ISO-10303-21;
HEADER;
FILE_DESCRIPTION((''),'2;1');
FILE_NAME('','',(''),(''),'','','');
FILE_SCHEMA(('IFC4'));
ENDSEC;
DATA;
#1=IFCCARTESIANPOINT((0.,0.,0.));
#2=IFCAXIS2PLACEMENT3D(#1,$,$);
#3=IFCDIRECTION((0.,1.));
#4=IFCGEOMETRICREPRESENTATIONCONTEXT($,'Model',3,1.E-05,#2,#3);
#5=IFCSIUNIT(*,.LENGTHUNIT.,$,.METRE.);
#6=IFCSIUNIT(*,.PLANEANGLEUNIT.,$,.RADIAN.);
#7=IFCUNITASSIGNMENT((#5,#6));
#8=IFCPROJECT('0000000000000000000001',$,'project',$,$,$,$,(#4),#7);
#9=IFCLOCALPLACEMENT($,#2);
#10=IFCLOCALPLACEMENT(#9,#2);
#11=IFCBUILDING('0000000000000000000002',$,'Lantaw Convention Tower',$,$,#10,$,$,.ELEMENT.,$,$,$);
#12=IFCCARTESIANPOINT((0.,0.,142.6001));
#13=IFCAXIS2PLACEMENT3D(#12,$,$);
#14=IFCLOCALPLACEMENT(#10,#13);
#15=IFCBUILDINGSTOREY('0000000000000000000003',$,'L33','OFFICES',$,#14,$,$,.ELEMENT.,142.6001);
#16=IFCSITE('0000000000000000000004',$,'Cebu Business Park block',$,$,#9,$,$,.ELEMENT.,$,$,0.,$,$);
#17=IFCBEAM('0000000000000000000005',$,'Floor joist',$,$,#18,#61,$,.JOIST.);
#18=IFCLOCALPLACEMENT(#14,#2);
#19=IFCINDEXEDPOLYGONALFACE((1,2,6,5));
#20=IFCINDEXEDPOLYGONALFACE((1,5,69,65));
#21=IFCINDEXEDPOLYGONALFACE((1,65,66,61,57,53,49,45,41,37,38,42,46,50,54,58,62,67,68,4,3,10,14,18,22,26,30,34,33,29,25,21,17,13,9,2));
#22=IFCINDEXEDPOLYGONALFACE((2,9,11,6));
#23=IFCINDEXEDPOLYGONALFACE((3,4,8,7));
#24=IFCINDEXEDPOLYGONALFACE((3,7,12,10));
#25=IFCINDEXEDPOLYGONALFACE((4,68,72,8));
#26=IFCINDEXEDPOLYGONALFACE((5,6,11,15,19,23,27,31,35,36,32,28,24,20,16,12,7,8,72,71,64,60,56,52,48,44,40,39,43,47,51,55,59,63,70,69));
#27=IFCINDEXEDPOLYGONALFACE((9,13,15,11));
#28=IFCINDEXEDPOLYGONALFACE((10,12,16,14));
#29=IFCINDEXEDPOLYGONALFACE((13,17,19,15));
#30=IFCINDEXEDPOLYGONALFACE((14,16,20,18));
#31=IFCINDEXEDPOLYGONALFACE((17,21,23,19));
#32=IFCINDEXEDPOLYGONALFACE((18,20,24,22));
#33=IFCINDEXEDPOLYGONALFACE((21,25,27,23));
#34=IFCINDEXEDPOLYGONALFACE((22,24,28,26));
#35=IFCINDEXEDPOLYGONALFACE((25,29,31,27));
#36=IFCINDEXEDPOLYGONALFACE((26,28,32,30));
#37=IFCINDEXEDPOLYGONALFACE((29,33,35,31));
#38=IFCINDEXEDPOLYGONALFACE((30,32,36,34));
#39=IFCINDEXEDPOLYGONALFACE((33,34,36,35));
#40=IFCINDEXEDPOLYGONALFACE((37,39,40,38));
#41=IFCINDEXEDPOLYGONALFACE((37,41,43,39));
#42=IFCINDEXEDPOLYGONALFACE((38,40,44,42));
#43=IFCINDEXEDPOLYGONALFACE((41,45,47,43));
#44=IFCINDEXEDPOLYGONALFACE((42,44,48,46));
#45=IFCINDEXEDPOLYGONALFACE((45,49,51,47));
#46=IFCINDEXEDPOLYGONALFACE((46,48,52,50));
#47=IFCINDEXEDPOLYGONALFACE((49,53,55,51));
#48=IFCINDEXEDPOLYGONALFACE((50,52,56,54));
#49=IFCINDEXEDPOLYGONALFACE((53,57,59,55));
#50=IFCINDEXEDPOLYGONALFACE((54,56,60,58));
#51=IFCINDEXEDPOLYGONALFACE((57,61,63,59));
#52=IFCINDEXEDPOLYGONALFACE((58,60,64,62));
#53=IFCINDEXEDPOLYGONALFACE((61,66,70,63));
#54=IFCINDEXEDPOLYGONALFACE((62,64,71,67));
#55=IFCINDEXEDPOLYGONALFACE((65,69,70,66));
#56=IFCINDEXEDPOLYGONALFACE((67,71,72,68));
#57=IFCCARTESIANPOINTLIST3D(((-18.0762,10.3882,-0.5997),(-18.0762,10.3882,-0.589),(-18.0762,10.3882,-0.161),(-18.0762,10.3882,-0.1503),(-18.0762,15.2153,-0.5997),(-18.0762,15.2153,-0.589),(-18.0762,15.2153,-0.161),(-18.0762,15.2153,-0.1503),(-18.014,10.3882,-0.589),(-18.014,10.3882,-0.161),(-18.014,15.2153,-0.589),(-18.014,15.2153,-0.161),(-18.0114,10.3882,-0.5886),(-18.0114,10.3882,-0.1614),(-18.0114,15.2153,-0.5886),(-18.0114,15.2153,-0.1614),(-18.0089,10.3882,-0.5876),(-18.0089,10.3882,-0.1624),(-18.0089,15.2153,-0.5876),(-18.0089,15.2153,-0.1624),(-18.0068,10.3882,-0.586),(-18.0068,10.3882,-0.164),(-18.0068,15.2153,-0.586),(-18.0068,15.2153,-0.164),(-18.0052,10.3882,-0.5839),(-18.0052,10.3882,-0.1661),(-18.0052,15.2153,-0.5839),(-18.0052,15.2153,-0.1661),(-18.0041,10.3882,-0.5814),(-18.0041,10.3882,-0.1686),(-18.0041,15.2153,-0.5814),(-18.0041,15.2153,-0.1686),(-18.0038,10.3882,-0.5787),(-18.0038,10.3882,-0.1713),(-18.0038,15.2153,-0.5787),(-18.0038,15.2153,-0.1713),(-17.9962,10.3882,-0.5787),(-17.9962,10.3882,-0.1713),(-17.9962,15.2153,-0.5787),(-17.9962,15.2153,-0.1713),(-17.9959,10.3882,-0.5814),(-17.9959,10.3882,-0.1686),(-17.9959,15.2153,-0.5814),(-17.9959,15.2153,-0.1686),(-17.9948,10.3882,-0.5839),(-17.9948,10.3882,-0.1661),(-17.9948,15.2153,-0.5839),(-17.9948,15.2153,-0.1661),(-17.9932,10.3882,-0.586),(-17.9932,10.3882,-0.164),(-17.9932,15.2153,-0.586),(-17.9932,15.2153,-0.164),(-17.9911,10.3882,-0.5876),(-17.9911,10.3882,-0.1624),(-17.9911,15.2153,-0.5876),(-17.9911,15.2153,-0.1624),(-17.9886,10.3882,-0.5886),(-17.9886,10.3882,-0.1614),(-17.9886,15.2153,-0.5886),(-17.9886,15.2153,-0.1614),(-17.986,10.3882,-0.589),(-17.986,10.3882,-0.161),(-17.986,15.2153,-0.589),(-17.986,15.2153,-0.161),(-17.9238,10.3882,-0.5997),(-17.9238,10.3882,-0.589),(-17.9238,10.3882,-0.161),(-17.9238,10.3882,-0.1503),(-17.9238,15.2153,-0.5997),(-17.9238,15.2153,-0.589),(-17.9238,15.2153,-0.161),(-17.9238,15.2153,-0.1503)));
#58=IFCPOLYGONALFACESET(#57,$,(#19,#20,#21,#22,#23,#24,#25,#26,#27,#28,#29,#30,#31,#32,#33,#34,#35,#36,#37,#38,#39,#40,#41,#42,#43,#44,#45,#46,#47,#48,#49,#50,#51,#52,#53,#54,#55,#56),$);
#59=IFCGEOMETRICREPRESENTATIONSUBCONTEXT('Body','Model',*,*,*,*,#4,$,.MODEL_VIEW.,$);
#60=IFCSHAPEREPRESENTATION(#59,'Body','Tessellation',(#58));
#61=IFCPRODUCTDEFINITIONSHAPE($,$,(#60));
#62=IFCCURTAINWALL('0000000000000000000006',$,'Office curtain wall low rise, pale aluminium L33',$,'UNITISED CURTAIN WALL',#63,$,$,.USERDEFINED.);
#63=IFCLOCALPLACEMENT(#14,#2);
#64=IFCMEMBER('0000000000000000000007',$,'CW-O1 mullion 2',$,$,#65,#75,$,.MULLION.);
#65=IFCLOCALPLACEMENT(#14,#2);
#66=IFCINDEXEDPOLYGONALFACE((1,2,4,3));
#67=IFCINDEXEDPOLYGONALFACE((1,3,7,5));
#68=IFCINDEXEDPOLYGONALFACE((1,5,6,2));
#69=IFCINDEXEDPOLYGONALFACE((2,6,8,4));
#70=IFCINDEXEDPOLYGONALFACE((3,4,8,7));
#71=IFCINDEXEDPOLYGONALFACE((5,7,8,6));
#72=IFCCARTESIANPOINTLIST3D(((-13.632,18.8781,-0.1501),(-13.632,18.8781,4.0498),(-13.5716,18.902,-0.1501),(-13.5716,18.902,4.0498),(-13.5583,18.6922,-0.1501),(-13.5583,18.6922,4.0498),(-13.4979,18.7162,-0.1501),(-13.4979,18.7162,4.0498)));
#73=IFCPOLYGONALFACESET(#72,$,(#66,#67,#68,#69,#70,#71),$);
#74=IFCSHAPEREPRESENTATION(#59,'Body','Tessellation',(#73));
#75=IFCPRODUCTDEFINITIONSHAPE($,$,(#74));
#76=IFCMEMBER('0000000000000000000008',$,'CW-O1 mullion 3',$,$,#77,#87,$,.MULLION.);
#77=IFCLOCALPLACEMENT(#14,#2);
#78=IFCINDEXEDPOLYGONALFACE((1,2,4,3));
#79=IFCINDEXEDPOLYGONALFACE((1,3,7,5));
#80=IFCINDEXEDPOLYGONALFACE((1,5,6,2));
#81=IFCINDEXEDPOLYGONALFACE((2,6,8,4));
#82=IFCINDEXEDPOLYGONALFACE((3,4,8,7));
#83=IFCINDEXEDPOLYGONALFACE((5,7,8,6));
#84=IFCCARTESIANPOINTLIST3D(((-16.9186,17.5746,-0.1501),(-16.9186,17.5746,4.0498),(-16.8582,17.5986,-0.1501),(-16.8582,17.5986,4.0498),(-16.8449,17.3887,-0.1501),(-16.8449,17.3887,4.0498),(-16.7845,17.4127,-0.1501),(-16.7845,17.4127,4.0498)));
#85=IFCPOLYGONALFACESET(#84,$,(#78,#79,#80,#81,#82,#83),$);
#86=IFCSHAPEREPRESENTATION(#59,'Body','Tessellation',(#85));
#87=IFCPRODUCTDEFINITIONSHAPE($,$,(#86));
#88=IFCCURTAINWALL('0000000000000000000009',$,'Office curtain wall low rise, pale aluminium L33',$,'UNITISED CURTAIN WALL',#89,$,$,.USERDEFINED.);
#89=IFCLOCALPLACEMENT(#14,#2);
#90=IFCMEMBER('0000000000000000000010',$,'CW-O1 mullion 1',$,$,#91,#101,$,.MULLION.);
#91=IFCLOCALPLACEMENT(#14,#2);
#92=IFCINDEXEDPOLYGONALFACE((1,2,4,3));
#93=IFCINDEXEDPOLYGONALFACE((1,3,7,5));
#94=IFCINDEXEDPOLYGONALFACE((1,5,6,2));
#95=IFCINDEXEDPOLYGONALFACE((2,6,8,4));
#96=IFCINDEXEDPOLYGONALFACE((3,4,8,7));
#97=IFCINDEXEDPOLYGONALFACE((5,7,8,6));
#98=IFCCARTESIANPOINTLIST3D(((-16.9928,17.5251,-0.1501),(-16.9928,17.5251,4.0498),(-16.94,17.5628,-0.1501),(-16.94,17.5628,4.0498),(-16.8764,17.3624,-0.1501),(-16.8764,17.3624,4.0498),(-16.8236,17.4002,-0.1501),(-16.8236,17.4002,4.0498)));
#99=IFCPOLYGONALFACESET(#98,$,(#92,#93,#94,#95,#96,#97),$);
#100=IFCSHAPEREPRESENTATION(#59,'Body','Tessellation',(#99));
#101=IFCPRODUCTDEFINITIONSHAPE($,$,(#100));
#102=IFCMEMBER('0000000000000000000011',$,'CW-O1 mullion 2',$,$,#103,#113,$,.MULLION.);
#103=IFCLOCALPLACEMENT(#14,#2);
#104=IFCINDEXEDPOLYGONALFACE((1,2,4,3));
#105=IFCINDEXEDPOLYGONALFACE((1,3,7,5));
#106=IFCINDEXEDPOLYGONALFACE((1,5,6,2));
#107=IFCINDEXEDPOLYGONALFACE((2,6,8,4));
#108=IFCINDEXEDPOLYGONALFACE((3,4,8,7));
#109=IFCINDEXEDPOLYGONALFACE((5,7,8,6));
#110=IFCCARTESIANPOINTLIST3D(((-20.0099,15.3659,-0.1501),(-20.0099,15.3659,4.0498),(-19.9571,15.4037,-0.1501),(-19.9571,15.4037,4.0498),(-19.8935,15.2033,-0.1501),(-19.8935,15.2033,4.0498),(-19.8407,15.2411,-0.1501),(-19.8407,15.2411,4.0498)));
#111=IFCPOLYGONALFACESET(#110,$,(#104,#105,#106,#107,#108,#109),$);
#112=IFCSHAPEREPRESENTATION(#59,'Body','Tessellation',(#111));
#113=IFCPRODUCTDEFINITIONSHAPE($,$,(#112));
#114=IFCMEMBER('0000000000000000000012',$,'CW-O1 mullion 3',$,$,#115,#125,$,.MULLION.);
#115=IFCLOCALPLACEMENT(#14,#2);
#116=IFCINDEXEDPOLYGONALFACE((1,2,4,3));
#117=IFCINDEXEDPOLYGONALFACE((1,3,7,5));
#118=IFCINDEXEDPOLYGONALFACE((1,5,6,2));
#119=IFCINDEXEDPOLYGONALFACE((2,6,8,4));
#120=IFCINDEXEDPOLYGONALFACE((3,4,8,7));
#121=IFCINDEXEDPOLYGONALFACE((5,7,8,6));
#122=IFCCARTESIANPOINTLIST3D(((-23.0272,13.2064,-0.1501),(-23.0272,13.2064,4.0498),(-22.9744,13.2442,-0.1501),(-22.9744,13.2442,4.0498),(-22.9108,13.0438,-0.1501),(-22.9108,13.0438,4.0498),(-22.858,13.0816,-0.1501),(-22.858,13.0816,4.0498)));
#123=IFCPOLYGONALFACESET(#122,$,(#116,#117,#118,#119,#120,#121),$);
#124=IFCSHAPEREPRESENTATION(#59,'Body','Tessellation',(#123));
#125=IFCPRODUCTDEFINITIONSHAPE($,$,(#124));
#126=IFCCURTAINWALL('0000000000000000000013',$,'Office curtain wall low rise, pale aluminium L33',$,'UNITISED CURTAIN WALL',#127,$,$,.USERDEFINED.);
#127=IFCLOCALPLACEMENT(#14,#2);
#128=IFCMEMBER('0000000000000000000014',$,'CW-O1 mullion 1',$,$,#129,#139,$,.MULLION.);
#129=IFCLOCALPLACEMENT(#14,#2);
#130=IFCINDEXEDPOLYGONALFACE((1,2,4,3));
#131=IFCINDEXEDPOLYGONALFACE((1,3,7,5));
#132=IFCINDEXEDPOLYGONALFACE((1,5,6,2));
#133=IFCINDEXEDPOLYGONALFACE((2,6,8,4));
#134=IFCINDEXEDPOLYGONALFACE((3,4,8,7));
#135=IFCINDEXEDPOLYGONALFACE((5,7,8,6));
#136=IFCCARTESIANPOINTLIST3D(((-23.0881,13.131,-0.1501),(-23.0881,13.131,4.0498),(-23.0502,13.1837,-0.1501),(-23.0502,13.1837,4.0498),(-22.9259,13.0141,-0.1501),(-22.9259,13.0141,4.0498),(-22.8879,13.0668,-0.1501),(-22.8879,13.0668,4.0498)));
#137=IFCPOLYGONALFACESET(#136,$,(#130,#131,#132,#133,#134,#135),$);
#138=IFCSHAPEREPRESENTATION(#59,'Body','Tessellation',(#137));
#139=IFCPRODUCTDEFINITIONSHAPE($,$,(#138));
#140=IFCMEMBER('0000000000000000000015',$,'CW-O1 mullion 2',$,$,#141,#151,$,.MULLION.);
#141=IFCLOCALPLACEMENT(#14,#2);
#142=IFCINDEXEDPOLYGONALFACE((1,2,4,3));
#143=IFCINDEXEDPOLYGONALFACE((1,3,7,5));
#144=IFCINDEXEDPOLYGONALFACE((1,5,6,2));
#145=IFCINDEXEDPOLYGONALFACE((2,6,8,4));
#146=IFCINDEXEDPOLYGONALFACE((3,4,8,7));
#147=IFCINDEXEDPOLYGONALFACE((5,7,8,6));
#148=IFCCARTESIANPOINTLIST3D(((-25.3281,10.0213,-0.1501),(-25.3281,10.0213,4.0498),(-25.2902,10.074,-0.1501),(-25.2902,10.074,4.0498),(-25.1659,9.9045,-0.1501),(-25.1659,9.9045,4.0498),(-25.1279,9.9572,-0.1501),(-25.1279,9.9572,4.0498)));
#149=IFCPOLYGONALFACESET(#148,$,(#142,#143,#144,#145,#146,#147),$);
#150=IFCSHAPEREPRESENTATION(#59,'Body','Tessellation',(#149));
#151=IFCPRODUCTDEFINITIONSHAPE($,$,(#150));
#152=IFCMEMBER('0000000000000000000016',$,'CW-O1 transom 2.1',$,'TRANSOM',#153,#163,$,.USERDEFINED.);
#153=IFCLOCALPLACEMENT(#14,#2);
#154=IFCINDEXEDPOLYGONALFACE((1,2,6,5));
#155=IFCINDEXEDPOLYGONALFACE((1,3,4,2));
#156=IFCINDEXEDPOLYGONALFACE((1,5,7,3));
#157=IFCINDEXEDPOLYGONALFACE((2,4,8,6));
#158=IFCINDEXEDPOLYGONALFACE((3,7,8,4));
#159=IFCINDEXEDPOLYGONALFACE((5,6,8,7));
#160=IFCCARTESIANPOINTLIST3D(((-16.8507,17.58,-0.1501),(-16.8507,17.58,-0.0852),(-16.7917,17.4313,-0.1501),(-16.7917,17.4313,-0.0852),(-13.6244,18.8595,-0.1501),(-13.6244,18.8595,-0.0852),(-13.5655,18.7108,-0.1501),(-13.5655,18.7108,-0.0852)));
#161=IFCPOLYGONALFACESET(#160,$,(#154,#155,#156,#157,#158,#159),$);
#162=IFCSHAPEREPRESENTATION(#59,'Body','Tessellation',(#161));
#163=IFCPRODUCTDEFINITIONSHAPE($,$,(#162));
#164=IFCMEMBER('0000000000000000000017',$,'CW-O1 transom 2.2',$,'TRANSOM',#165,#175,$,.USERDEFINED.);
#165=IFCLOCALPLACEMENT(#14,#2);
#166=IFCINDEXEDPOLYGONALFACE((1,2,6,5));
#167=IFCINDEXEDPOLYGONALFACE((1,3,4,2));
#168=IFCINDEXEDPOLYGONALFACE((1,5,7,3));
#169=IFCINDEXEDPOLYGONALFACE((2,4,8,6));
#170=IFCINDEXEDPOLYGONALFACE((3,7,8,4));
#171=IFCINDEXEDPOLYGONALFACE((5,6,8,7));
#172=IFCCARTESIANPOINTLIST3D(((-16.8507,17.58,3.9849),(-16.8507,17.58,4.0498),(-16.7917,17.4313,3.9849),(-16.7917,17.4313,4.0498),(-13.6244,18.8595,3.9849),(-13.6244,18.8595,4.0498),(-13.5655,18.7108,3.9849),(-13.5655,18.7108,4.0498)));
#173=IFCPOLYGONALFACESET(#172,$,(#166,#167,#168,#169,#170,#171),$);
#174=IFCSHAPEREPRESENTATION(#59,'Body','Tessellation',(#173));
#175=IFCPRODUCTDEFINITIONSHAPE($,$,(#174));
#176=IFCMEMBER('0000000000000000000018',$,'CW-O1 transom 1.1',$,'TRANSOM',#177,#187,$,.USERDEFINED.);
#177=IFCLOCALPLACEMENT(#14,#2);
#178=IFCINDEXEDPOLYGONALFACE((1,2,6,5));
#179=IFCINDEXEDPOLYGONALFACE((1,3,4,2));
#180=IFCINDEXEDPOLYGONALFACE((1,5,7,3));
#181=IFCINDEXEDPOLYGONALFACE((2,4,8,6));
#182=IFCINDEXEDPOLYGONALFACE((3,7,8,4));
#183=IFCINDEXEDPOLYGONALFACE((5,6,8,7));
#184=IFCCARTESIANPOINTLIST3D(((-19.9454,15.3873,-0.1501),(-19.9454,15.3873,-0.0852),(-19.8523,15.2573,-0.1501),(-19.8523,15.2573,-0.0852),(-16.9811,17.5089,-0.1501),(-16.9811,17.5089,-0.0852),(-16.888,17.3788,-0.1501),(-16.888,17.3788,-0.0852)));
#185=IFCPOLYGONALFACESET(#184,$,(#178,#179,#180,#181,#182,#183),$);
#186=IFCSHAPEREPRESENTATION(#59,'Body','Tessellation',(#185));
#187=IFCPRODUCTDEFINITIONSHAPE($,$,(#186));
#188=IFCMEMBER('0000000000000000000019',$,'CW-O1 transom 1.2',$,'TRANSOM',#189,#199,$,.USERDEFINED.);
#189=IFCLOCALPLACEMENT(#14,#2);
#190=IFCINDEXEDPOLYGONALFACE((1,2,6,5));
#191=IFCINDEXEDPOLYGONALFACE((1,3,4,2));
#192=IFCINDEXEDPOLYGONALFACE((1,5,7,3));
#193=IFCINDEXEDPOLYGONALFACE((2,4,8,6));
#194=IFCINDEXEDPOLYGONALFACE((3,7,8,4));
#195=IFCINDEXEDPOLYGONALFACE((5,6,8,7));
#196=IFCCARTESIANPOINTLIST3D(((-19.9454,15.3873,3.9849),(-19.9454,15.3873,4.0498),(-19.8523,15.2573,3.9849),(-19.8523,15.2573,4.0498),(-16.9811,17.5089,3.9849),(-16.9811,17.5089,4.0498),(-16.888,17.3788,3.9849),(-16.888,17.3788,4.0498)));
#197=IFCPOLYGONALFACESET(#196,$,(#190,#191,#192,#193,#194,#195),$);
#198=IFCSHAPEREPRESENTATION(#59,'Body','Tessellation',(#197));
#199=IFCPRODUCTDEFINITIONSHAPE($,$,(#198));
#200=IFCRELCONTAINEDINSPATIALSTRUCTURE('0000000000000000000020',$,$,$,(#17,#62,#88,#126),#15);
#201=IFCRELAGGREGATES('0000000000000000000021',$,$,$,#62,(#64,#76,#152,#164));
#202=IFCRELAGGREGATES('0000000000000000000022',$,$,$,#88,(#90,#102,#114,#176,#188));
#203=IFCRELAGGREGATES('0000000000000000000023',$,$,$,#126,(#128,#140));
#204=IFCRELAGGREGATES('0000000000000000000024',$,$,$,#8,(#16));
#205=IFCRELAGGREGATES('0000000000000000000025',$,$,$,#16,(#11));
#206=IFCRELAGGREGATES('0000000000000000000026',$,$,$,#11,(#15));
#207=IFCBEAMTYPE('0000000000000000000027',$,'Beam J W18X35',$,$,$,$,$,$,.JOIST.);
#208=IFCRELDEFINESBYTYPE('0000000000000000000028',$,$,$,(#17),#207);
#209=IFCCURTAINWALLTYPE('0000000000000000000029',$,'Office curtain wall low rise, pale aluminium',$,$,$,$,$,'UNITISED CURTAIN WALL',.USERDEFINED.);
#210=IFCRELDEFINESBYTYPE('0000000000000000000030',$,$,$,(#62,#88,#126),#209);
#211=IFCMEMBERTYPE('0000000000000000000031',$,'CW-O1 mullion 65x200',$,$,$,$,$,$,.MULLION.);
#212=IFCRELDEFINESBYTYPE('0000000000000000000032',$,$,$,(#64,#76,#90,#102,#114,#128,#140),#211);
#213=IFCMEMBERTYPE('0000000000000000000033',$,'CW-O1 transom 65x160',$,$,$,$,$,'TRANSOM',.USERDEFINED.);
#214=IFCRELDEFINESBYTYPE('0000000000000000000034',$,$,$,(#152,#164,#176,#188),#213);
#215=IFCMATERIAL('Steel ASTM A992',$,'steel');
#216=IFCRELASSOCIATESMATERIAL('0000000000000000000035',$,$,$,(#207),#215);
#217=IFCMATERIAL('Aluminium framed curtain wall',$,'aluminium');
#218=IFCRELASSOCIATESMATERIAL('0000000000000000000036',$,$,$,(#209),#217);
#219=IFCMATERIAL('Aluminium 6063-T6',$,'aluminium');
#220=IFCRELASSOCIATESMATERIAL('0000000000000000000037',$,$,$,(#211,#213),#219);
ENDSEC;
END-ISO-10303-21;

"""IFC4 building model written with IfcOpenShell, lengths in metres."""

from ifc_helpers import new_model, si_unit, direction, frame, origin, origin_2d, place, context, subcontext, project, spatial, rectangle, i_section, extrude, material, material_profile, profile_set, type_object, element, aggregate, save


model = new_model("IFC4")

# Units and contexts
model_context = context("Model", 3, precision=1e-05, world=origin(), true_north=direction((0.0, 1.0)))
body_context = subcontext(model_context, "Body", "Model", "MODEL_VIEW")
ifc_project = project(units=[si_unit("LENGTHUNIT", "METRE"), si_unit("PLANEANGLEUNIT", "RADIAN")], contexts=[model_context])

# Site, building, storey
site_placement = place(None, origin())
site = spatial("IfcSite", under=ifc_project, at=site_placement, Name="Cebu Business Park block", CompositionType="ELEMENT", RefElevation=0.0)
building_placement = place(site_placement, origin())
building = spatial("IfcBuilding", under=site, at=building_placement, Name="Lantaw Convention Tower", CompositionType="ELEMENT")
storey_placement = place(building_placement, frame((0.0, 0.0, 142.6001)))
storey = spatial("IfcBuildingStorey", under=building, at=storey_placement, Name="L33", Description="OFFICES", CompositionType="ELEMENT", Elevation=142.6001)

# Beam
ifc_material_1 = material(Name="Steel ASTM A992", Category="steel")
ifc_material_profile_1 = material_profile(ifc_material_1, i_section(OverallWidth=0.1523, OverallDepth=0.4495, WebThickness=0.0076, FlangeThickness=0.0107, FilletRadius=0.0103, at=origin_2d()), Name="W18X35")
ifc_profile_set_1 = profile_set([ifc_material_profile_1], Name="Steel ASTM A992")
beam_type_1 = type_object("IfcBeamType", Name="Beam J W18X35", PredefinedType="JOIST", material=ifc_profile_set_1)
beam_1_placement = place(storey_placement, frame((-18.0, 10.3882, -0.375), z_axis=(0.0, 1.0, 0.0), x_axis=(-1.0, 0.0, 0.0)))
element("IfcBeam", 1, at=beam_1_placement, inside=storey, type_object=beam_type_1, Name="Floor joist", PredefinedType="JOIST", context=body_context, shape_type="SweptSolid", body=[
    extrude(i_section(OverallWidth=0.1523, OverallDepth=0.4495, WebThickness=0.0076, FlangeThickness=0.0107, FilletRadius=0.0103, at=origin_2d()), origin(), (0.0, 0.0, 1.0), 4.8271),
])

# Curtain walls, members
ifc_material_2 = material(Name="Aluminium framed curtain wall", Category="aluminium")
curtain_wall_type = type_object("IfcCurtainWallType", Name="Office curtain wall low rise, pale aluminium", ElementType="UNITISED CURTAIN WALL", PredefinedType="USERDEFINED", material=ifc_material_2)
curtain_wall_1_placement = place(storey_placement, origin())
curtain_wall_1 = element("IfcCurtainWall", 2, at=curtain_wall_1_placement, inside=storey, type_object=curtain_wall_type, Name="Office curtain wall low rise, pale aluminium L33", ObjectType="UNITISED CURTAIN WALL", PredefinedType="USERDEFINED")
ifc_material_3 = material(Name="Aluminium 6063-T6", Category="aluminium")
ifc_material_profile_2 = material_profile(ifc_material_3, rectangle(XDim=0.2, YDim=0.0649, at=origin_2d()), Name="CW-O1 mullion 65x200")
ifc_profile_set_2 = profile_set([ifc_material_profile_2], Name="Aluminium 6063-T6")
member_type_1 = type_object("IfcMemberType", Name="CW-O1 mullion 65x200", PredefinedType="MULLION", material=ifc_profile_set_2)
member_1_placement = place(storey_placement, frame((-13.5649, 18.7971, -0.1501), z_axis=(0.0, 0.0, 1.0), x_axis=(0.368702, -0.929548, 0.0)))
member_1 = element("IfcMember", 3, at=member_1_placement, type_object=member_type_1, Name="CW-O1 mullion 2", PredefinedType="MULLION", context=body_context, shape_type="SweptSolid", body=[
    extrude(rectangle(XDim=0.2, YDim=0.0649, at=origin_2d()), origin(), (0.0, 0.0, 1.0), 4.2),
])
member_2_placement = place(storey_placement, frame((-16.8516, 17.4937, -0.1501), z_axis=(0.0, 0.0, 1.0), x_axis=(0.368702, -0.929548, 0.0)))
member_2 = element("IfcMember", 4, at=member_2_placement, type_object=member_type_1, Name="CW-O1 mullion 3", PredefinedType="MULLION", context=body_context, shape_type="SweptSolid", body=[
    extrude(rectangle(XDim=0.2, YDim=0.0649, at=origin_2d()), origin(), (0.0, 0.0, 1.0), 4.2),
])
curtain_wall_2_placement = place(storey_placement, origin())
curtain_wall_2 = element("IfcCurtainWall", 5, at=curtain_wall_2_placement, inside=storey, type_object=curtain_wall_type, Name="Office curtain wall low rise, pale aluminium L33", ObjectType="UNITISED CURTAIN WALL", PredefinedType="USERDEFINED")
member_3_placement = place(storey_placement, frame((-16.9082, 17.4626, -0.1501), z_axis=(0.0, 0.0, 1.0), x_axis=(0.581973, -0.813208, 0.0)))
member_3 = element("IfcMember", 6, at=member_3_placement, type_object=member_type_1, Name="CW-O1 mullion 1", PredefinedType="MULLION", context=body_context, shape_type="SweptSolid", body=[
    extrude(rectangle(XDim=0.2, YDim=0.0649, at=origin_2d()), origin(), (0.0, 0.0, 1.0), 4.2),
])
member_4_placement = place(storey_placement, frame((-19.9253, 15.3035, -0.1501), z_axis=(0.0, 0.0, 1.0), x_axis=(0.581973, -0.813208, 0.0)))
member_4 = element("IfcMember", 7, at=member_4_placement, type_object=member_type_1, Name="CW-O1 mullion 2", PredefinedType="MULLION", context=body_context, shape_type="SweptSolid", body=[
    extrude(rectangle(XDim=0.2, YDim=0.0649, at=origin_2d()), origin(), (0.0, 0.0, 1.0), 4.2),
])
member_5_placement = place(storey_placement, frame((-22.9426, 13.144, -0.1501), z_axis=(0.0, 0.0, 1.0), x_axis=(0.581973, -0.813208, 0.0)))
member_5 = element("IfcMember", 8, at=member_5_placement, type_object=member_type_1, Name="CW-O1 mullion 3", PredefinedType="MULLION", context=body_context, shape_type="SweptSolid", body=[
    extrude(rectangle(XDim=0.2, YDim=0.0649, at=origin_2d()), origin(), (0.0, 0.0, 1.0), 4.2),
])
curtain_wall_3_placement = place(storey_placement, origin())
curtain_wall_3 = element("IfcCurtainWall", 9, at=curtain_wall_3_placement, inside=storey, type_object=curtain_wall_type, Name="Office curtain wall low rise, pale aluminium L33", ObjectType="UNITISED CURTAIN WALL", PredefinedType="USERDEFINED")
member_6_placement = place(storey_placement, frame((-22.988, 13.0989, -0.1501), z_axis=(0.0, 0.0, 1.0), x_axis=(0.811385, -0.584513, 0.0)))
member_6 = element("IfcMember", 10, at=member_6_placement, type_object=member_type_1, Name="CW-O1 mullion 1", PredefinedType="MULLION", context=body_context, shape_type="SweptSolid", body=[
    extrude(rectangle(XDim=0.2, YDim=0.0649, at=origin_2d()), origin(), (0.0, 0.0, 1.0), 4.2),
])
member_7_placement = place(storey_placement, frame((-25.228, 9.9893, -0.1501), z_axis=(0.0, 0.0, 1.0), x_axis=(0.811385, -0.584513, 0.0)))
member_7 = element("IfcMember", 11, at=member_7_placement, type_object=member_type_1, Name="CW-O1 mullion 2", PredefinedType="MULLION", context=body_context, shape_type="SweptSolid", body=[
    extrude(rectangle(XDim=0.2, YDim=0.0649, at=origin_2d()), origin(), (0.0, 0.0, 1.0), 4.2),
])

# Members
ifc_material_profile_3 = material_profile(ifc_material_3, rectangle(XDim=0.1599, YDim=0.0649, at=origin_2d()), Name="CW-O1 transom 65x160")
ifc_profile_set_3 = profile_set([ifc_material_profile_3], Name="Aluminium 6063-T6")
member_type_2 = type_object("IfcMemberType", Name="CW-O1 transom 65x160", ElementType="TRANSOM", PredefinedType="USERDEFINED", material=ifc_profile_set_3)
member_8_placement = place(storey_placement, frame((-13.595, 18.7852, -0.1177), z_axis=(-0.929564, -0.36866, 0.0), x_axis=(0.36866, -0.929564, 0.0)))
member_8 = element("IfcMember", 12, at=member_8_placement, type_object=member_type_2, Name="CW-O1 transom 2.1", ObjectType="TRANSOM", PredefinedType="USERDEFINED", context=body_context, shape_type="SweptSolid", body=[
    extrude(rectangle(XDim=0.1599, YDim=0.0649, at=origin_2d()), origin(), (0.0, 0.0, 1.0), 3.4707),
])
member_9_placement = place(storey_placement, frame((-13.595, 18.7852, 4.0173), z_axis=(-0.929564, -0.36866, 0.0), x_axis=(0.36866, -0.929564, 0.0)))
member_9 = element("IfcMember", 13, at=member_9_placement, type_object=member_type_2, Name="CW-O1 transom 2.2", ObjectType="TRANSOM", PredefinedType="USERDEFINED", context=body_context, shape_type="SweptSolid", body=[
    extrude(rectangle(XDim=0.1599, YDim=0.0649, at=origin_2d()), origin(), (0.0, 0.0, 1.0), 3.4707),
])
member_10_placement = place(storey_placement, frame((-16.9346, 17.4438, -0.1177), z_axis=(-0.81319, -0.581998, 0.0), x_axis=(0.581998, -0.81319, 0.0)))
member_10 = element("IfcMember", 14, at=member_10_placement, type_object=member_type_2, Name="CW-O1 transom 1.1", ObjectType="TRANSOM", PredefinedType="USERDEFINED", context=body_context, shape_type="SweptSolid", body=[
    extrude(rectangle(XDim=0.1599, YDim=0.0649, at=origin_2d()), origin(), (0.0, 0.0, 1.0), 3.6453),
])
member_11_placement = place(storey_placement, frame((-16.9346, 17.4438, 4.0173), z_axis=(-0.81319, -0.581998, 0.0), x_axis=(0.581998, -0.81319, 0.0)))
member_11 = element("IfcMember", 15, at=member_11_placement, type_object=member_type_2, Name="CW-O1 transom 1.2", ObjectType="TRANSOM", PredefinedType="USERDEFINED", context=body_context, shape_type="SweptSolid", body=[
    extrude(rectangle(XDim=0.1599, YDim=0.0649, at=origin_2d()), origin(), (0.0, 0.0, 1.0), 3.6453),
])

aggregate(curtain_wall_1, [member_1, member_2, member_8, member_9])
aggregate(curtain_wall_2, [member_3, member_4, member_5, member_10, member_11])
aggregate(curtain_wall_3, [member_6, member_7])

save(model, "model.ifc")
